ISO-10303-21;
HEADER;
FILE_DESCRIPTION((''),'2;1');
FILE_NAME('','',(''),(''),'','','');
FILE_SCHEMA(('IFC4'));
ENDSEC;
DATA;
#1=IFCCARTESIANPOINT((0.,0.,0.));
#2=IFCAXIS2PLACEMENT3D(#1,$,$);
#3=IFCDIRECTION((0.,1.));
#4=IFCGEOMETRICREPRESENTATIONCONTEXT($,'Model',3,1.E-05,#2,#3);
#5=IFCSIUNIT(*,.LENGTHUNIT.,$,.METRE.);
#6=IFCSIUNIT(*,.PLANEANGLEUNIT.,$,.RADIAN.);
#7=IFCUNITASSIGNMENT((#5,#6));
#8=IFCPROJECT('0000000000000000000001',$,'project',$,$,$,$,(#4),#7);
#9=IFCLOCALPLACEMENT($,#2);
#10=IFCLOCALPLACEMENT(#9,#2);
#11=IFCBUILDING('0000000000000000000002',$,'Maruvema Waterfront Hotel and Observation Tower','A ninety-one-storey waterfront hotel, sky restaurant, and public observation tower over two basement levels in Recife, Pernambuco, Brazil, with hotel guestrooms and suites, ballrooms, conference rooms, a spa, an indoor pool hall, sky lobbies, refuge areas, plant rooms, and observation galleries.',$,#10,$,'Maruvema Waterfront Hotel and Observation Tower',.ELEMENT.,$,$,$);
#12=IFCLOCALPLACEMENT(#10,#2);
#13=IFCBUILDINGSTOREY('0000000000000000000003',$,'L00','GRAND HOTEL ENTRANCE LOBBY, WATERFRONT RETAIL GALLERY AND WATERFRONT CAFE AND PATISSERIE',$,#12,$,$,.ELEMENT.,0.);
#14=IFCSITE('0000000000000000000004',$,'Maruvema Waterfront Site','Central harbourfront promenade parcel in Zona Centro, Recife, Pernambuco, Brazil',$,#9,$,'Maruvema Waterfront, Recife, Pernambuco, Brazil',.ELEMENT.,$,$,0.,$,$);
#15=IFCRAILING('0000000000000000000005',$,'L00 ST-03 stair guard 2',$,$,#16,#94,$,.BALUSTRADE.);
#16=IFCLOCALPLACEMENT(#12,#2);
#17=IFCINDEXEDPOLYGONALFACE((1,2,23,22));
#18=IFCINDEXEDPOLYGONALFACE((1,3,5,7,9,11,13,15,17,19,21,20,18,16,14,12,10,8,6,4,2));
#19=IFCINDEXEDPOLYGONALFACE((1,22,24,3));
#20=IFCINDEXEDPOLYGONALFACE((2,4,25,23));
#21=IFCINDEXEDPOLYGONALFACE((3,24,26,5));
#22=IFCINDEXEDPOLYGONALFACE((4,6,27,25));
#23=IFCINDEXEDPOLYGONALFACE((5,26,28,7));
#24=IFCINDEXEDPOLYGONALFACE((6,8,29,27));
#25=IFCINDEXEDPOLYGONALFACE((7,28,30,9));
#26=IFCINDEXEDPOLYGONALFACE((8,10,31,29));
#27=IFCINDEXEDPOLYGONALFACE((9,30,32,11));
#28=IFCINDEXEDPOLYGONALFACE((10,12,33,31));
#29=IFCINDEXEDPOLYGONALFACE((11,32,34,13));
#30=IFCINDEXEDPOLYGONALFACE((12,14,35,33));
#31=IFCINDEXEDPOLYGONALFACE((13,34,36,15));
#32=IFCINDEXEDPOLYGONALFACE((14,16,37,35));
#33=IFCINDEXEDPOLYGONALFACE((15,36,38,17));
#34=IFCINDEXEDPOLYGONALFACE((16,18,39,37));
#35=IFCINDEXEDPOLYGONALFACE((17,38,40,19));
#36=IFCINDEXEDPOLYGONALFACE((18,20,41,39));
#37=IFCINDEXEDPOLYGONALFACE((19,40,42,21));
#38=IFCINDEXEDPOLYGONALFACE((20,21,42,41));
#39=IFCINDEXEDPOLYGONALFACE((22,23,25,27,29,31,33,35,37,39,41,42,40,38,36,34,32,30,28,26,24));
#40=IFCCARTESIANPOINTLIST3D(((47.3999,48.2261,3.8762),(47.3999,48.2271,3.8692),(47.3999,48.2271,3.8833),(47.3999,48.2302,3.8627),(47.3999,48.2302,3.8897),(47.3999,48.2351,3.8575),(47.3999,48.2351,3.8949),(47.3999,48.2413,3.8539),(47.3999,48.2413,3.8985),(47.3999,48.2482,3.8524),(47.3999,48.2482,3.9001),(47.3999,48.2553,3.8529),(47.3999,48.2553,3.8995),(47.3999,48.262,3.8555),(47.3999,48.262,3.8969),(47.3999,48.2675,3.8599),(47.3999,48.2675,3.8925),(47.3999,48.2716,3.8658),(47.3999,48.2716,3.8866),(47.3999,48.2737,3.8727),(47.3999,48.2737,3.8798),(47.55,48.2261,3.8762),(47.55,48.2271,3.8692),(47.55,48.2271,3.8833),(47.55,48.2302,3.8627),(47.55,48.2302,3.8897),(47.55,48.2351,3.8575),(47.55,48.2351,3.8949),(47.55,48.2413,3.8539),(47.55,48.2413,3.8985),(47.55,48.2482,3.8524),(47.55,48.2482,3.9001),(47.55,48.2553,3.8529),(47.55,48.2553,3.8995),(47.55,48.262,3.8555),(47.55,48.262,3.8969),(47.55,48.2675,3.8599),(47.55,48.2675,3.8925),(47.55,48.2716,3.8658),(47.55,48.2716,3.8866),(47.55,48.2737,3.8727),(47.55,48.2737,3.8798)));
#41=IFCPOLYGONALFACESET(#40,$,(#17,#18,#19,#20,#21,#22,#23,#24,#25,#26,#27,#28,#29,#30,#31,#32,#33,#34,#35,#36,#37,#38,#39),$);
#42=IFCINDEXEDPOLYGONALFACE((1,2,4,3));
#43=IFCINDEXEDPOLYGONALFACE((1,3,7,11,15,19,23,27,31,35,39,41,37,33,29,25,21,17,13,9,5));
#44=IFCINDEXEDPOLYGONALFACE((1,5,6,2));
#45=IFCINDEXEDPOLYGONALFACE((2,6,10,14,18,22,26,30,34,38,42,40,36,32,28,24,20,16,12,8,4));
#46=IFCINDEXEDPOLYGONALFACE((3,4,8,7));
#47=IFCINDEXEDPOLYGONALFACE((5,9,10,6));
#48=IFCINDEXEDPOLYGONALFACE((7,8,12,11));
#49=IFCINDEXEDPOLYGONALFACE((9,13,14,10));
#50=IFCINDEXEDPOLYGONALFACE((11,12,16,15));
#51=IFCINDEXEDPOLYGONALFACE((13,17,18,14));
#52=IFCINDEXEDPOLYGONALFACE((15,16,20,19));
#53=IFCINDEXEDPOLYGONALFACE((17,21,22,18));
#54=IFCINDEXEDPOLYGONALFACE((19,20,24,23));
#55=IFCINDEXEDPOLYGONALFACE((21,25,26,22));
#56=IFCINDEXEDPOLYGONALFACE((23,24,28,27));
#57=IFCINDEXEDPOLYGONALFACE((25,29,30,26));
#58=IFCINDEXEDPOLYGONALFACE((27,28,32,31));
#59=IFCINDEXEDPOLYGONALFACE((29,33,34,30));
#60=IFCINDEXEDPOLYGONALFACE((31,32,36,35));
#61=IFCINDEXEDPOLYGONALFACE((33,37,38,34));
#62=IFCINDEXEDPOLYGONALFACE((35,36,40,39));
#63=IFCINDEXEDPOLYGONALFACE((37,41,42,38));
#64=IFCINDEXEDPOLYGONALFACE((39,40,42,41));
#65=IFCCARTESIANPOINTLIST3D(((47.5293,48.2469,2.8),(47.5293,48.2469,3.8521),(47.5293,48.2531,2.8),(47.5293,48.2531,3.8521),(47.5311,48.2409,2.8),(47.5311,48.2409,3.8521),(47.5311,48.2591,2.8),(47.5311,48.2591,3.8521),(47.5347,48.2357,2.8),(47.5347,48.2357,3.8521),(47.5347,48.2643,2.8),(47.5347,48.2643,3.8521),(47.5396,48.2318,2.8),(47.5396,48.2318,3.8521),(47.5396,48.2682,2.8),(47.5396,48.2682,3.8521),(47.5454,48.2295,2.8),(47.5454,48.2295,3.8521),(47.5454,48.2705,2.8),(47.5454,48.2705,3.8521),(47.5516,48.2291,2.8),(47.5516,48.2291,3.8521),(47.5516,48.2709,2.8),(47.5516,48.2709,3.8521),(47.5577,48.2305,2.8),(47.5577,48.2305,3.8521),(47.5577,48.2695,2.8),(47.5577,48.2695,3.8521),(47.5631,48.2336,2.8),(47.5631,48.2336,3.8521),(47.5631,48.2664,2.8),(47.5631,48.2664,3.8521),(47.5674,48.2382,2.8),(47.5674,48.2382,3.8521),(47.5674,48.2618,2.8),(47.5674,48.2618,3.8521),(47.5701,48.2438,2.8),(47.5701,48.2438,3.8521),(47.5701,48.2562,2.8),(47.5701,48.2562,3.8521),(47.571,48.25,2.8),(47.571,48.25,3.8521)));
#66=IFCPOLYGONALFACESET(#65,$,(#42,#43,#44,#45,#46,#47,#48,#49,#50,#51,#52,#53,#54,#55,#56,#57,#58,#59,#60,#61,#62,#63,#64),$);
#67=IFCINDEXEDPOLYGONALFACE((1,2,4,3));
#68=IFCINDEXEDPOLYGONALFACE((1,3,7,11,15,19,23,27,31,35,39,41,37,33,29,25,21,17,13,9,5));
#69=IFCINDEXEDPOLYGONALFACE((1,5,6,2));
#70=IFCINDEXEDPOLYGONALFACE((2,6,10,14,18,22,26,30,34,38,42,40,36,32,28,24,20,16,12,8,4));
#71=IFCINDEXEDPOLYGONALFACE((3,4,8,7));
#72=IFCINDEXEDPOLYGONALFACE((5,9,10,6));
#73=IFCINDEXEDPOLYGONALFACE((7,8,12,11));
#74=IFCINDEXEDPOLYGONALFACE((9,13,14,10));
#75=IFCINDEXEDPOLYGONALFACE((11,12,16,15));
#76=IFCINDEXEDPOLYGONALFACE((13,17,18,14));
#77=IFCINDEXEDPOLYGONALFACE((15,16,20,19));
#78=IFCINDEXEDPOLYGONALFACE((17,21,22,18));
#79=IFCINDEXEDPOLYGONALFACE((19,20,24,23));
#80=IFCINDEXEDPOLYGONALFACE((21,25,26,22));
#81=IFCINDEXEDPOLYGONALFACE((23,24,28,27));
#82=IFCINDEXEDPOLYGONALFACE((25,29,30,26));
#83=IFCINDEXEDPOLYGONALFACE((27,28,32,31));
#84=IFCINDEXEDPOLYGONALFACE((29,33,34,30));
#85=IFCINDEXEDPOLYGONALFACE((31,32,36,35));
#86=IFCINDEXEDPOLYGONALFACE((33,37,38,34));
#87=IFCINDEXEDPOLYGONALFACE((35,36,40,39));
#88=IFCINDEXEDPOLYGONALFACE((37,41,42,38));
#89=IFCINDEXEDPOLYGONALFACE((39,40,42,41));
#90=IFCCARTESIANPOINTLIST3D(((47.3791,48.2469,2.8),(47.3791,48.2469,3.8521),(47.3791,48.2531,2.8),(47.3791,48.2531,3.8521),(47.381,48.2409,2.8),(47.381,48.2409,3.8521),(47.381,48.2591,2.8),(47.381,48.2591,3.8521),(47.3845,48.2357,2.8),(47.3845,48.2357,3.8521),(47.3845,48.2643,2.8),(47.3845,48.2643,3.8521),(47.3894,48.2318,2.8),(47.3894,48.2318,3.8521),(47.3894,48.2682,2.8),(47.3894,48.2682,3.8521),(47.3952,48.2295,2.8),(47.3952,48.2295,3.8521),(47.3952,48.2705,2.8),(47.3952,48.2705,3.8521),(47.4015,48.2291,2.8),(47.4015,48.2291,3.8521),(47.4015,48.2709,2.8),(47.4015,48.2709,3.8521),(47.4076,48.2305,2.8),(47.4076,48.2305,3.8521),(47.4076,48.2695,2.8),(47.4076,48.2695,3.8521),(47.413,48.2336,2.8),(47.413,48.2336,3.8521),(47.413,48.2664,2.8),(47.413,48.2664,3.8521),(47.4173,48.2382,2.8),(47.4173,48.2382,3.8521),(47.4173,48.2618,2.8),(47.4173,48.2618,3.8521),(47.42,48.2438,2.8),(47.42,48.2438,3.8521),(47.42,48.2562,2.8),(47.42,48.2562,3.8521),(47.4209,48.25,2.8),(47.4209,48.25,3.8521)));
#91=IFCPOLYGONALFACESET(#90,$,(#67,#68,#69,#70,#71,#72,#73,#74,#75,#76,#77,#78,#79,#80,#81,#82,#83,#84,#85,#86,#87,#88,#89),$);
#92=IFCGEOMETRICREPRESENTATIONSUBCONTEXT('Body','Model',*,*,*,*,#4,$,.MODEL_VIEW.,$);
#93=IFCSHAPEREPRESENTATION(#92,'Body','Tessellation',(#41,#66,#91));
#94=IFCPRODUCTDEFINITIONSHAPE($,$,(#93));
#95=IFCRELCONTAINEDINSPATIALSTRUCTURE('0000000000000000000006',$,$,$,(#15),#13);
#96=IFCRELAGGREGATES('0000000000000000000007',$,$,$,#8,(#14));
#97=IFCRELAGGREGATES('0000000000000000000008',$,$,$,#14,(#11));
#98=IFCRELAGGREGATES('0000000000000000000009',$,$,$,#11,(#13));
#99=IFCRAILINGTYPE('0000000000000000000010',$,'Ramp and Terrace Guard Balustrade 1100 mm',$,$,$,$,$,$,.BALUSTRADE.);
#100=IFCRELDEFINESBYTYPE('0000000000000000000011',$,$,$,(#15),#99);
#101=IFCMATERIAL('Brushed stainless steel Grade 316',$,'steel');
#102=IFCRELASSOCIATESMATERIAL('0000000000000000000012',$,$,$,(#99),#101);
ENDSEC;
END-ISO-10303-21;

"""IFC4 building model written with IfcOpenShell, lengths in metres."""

from ifc_helpers import new_model, si_unit, direction, frame, origin, origin_2d, place, context, subcontext, project, spatial, circle, extrude, material, type_object, element, save


model = new_model("IFC4")

# Units and contexts
model_context = context("Model", 3, precision=1e-05, world=origin(), true_north=direction((0.0, 1.0)))
body_context = subcontext(model_context, "Body", "Model", "MODEL_VIEW")
ifc_project = project(units=[si_unit("LENGTHUNIT", "METRE"), si_unit("PLANEANGLEUNIT", "RADIAN")], contexts=[model_context])

# Site, building, storey
site_placement = place(None, origin())
site = spatial("IfcSite", under=ifc_project, at=site_placement, Name="Maruvema Waterfront Site", Description="Central harbourfront promenade parcel in Zona Centro, Recife, Pernambuco, Brazil", LongName="Maruvema Waterfront, Recife, Pernambuco, Brazil", CompositionType="ELEMENT", RefElevation=0.0)
building_placement = place(site_placement, origin())
building = spatial("IfcBuilding", under=site, at=building_placement, Name="Maruvema Waterfront Hotel and Observation Tower", Description="A ninety-one-storey waterfront hotel, sky restaurant, and public observation tower over two basement levels in Recife, Pernambuco, Brazil, with hotel guestrooms and suites, ballrooms, conference rooms, a spa, an indoor pool hall, sky lobbies, refuge areas, plant rooms, and observation galleries.", LongName="Maruvema Waterfront Hotel and Observation Tower", CompositionType="ELEMENT")
storey_placement = place(building_placement, origin())
storey = spatial("IfcBuildingStorey", under=building, at=storey_placement, Name="L00", Description="GRAND HOTEL ENTRANCE LOBBY, WATERFRONT RETAIL GALLERY AND WATERFRONT CAFE AND PATISSERIE", CompositionType="ELEMENT", Elevation=0.0)

# Railing
ifc_material_1 = material(Name="Brushed stainless steel Grade 316", Category="steel")
railing_type_1 = type_object("IfcRailingType", Name="Ramp and Terrace Guard Balustrade 1100 mm", PredefinedType="BALUSTRADE", material=ifc_material_1)
railing_1_placement = place(storey_placement, frame((47.55, 48.25, 2.8)))
element("IfcRailing", 1, at=railing_1_placement, inside=storey, type_object=railing_type_1, Name="L00 ST-03 stair guard 2", PredefinedType="BALUSTRADE", context=body_context, shape_type="SweptSolid", body=[
    extrude(circle(Radius=0.0239, at=origin_2d()), frame((0.0, 0.0, 1.0762), z_axis=(-1.0, 0.0, 0.0), x_axis=(0.0, -1.0, 0.0)), (0.0, 0.0, 1.0), 0.1501),
    extrude(circle(Radius=0.021, at=origin_2d()), origin(), (0.0, 0.0, 1.0), 1.052),
    extrude(circle(Radius=0.021, at=origin_2d()), frame((-0.1501, 0.0, 0.0)), (0.0, 0.0, 1.0), 1.052),
])

save(model, "model.ifc")
